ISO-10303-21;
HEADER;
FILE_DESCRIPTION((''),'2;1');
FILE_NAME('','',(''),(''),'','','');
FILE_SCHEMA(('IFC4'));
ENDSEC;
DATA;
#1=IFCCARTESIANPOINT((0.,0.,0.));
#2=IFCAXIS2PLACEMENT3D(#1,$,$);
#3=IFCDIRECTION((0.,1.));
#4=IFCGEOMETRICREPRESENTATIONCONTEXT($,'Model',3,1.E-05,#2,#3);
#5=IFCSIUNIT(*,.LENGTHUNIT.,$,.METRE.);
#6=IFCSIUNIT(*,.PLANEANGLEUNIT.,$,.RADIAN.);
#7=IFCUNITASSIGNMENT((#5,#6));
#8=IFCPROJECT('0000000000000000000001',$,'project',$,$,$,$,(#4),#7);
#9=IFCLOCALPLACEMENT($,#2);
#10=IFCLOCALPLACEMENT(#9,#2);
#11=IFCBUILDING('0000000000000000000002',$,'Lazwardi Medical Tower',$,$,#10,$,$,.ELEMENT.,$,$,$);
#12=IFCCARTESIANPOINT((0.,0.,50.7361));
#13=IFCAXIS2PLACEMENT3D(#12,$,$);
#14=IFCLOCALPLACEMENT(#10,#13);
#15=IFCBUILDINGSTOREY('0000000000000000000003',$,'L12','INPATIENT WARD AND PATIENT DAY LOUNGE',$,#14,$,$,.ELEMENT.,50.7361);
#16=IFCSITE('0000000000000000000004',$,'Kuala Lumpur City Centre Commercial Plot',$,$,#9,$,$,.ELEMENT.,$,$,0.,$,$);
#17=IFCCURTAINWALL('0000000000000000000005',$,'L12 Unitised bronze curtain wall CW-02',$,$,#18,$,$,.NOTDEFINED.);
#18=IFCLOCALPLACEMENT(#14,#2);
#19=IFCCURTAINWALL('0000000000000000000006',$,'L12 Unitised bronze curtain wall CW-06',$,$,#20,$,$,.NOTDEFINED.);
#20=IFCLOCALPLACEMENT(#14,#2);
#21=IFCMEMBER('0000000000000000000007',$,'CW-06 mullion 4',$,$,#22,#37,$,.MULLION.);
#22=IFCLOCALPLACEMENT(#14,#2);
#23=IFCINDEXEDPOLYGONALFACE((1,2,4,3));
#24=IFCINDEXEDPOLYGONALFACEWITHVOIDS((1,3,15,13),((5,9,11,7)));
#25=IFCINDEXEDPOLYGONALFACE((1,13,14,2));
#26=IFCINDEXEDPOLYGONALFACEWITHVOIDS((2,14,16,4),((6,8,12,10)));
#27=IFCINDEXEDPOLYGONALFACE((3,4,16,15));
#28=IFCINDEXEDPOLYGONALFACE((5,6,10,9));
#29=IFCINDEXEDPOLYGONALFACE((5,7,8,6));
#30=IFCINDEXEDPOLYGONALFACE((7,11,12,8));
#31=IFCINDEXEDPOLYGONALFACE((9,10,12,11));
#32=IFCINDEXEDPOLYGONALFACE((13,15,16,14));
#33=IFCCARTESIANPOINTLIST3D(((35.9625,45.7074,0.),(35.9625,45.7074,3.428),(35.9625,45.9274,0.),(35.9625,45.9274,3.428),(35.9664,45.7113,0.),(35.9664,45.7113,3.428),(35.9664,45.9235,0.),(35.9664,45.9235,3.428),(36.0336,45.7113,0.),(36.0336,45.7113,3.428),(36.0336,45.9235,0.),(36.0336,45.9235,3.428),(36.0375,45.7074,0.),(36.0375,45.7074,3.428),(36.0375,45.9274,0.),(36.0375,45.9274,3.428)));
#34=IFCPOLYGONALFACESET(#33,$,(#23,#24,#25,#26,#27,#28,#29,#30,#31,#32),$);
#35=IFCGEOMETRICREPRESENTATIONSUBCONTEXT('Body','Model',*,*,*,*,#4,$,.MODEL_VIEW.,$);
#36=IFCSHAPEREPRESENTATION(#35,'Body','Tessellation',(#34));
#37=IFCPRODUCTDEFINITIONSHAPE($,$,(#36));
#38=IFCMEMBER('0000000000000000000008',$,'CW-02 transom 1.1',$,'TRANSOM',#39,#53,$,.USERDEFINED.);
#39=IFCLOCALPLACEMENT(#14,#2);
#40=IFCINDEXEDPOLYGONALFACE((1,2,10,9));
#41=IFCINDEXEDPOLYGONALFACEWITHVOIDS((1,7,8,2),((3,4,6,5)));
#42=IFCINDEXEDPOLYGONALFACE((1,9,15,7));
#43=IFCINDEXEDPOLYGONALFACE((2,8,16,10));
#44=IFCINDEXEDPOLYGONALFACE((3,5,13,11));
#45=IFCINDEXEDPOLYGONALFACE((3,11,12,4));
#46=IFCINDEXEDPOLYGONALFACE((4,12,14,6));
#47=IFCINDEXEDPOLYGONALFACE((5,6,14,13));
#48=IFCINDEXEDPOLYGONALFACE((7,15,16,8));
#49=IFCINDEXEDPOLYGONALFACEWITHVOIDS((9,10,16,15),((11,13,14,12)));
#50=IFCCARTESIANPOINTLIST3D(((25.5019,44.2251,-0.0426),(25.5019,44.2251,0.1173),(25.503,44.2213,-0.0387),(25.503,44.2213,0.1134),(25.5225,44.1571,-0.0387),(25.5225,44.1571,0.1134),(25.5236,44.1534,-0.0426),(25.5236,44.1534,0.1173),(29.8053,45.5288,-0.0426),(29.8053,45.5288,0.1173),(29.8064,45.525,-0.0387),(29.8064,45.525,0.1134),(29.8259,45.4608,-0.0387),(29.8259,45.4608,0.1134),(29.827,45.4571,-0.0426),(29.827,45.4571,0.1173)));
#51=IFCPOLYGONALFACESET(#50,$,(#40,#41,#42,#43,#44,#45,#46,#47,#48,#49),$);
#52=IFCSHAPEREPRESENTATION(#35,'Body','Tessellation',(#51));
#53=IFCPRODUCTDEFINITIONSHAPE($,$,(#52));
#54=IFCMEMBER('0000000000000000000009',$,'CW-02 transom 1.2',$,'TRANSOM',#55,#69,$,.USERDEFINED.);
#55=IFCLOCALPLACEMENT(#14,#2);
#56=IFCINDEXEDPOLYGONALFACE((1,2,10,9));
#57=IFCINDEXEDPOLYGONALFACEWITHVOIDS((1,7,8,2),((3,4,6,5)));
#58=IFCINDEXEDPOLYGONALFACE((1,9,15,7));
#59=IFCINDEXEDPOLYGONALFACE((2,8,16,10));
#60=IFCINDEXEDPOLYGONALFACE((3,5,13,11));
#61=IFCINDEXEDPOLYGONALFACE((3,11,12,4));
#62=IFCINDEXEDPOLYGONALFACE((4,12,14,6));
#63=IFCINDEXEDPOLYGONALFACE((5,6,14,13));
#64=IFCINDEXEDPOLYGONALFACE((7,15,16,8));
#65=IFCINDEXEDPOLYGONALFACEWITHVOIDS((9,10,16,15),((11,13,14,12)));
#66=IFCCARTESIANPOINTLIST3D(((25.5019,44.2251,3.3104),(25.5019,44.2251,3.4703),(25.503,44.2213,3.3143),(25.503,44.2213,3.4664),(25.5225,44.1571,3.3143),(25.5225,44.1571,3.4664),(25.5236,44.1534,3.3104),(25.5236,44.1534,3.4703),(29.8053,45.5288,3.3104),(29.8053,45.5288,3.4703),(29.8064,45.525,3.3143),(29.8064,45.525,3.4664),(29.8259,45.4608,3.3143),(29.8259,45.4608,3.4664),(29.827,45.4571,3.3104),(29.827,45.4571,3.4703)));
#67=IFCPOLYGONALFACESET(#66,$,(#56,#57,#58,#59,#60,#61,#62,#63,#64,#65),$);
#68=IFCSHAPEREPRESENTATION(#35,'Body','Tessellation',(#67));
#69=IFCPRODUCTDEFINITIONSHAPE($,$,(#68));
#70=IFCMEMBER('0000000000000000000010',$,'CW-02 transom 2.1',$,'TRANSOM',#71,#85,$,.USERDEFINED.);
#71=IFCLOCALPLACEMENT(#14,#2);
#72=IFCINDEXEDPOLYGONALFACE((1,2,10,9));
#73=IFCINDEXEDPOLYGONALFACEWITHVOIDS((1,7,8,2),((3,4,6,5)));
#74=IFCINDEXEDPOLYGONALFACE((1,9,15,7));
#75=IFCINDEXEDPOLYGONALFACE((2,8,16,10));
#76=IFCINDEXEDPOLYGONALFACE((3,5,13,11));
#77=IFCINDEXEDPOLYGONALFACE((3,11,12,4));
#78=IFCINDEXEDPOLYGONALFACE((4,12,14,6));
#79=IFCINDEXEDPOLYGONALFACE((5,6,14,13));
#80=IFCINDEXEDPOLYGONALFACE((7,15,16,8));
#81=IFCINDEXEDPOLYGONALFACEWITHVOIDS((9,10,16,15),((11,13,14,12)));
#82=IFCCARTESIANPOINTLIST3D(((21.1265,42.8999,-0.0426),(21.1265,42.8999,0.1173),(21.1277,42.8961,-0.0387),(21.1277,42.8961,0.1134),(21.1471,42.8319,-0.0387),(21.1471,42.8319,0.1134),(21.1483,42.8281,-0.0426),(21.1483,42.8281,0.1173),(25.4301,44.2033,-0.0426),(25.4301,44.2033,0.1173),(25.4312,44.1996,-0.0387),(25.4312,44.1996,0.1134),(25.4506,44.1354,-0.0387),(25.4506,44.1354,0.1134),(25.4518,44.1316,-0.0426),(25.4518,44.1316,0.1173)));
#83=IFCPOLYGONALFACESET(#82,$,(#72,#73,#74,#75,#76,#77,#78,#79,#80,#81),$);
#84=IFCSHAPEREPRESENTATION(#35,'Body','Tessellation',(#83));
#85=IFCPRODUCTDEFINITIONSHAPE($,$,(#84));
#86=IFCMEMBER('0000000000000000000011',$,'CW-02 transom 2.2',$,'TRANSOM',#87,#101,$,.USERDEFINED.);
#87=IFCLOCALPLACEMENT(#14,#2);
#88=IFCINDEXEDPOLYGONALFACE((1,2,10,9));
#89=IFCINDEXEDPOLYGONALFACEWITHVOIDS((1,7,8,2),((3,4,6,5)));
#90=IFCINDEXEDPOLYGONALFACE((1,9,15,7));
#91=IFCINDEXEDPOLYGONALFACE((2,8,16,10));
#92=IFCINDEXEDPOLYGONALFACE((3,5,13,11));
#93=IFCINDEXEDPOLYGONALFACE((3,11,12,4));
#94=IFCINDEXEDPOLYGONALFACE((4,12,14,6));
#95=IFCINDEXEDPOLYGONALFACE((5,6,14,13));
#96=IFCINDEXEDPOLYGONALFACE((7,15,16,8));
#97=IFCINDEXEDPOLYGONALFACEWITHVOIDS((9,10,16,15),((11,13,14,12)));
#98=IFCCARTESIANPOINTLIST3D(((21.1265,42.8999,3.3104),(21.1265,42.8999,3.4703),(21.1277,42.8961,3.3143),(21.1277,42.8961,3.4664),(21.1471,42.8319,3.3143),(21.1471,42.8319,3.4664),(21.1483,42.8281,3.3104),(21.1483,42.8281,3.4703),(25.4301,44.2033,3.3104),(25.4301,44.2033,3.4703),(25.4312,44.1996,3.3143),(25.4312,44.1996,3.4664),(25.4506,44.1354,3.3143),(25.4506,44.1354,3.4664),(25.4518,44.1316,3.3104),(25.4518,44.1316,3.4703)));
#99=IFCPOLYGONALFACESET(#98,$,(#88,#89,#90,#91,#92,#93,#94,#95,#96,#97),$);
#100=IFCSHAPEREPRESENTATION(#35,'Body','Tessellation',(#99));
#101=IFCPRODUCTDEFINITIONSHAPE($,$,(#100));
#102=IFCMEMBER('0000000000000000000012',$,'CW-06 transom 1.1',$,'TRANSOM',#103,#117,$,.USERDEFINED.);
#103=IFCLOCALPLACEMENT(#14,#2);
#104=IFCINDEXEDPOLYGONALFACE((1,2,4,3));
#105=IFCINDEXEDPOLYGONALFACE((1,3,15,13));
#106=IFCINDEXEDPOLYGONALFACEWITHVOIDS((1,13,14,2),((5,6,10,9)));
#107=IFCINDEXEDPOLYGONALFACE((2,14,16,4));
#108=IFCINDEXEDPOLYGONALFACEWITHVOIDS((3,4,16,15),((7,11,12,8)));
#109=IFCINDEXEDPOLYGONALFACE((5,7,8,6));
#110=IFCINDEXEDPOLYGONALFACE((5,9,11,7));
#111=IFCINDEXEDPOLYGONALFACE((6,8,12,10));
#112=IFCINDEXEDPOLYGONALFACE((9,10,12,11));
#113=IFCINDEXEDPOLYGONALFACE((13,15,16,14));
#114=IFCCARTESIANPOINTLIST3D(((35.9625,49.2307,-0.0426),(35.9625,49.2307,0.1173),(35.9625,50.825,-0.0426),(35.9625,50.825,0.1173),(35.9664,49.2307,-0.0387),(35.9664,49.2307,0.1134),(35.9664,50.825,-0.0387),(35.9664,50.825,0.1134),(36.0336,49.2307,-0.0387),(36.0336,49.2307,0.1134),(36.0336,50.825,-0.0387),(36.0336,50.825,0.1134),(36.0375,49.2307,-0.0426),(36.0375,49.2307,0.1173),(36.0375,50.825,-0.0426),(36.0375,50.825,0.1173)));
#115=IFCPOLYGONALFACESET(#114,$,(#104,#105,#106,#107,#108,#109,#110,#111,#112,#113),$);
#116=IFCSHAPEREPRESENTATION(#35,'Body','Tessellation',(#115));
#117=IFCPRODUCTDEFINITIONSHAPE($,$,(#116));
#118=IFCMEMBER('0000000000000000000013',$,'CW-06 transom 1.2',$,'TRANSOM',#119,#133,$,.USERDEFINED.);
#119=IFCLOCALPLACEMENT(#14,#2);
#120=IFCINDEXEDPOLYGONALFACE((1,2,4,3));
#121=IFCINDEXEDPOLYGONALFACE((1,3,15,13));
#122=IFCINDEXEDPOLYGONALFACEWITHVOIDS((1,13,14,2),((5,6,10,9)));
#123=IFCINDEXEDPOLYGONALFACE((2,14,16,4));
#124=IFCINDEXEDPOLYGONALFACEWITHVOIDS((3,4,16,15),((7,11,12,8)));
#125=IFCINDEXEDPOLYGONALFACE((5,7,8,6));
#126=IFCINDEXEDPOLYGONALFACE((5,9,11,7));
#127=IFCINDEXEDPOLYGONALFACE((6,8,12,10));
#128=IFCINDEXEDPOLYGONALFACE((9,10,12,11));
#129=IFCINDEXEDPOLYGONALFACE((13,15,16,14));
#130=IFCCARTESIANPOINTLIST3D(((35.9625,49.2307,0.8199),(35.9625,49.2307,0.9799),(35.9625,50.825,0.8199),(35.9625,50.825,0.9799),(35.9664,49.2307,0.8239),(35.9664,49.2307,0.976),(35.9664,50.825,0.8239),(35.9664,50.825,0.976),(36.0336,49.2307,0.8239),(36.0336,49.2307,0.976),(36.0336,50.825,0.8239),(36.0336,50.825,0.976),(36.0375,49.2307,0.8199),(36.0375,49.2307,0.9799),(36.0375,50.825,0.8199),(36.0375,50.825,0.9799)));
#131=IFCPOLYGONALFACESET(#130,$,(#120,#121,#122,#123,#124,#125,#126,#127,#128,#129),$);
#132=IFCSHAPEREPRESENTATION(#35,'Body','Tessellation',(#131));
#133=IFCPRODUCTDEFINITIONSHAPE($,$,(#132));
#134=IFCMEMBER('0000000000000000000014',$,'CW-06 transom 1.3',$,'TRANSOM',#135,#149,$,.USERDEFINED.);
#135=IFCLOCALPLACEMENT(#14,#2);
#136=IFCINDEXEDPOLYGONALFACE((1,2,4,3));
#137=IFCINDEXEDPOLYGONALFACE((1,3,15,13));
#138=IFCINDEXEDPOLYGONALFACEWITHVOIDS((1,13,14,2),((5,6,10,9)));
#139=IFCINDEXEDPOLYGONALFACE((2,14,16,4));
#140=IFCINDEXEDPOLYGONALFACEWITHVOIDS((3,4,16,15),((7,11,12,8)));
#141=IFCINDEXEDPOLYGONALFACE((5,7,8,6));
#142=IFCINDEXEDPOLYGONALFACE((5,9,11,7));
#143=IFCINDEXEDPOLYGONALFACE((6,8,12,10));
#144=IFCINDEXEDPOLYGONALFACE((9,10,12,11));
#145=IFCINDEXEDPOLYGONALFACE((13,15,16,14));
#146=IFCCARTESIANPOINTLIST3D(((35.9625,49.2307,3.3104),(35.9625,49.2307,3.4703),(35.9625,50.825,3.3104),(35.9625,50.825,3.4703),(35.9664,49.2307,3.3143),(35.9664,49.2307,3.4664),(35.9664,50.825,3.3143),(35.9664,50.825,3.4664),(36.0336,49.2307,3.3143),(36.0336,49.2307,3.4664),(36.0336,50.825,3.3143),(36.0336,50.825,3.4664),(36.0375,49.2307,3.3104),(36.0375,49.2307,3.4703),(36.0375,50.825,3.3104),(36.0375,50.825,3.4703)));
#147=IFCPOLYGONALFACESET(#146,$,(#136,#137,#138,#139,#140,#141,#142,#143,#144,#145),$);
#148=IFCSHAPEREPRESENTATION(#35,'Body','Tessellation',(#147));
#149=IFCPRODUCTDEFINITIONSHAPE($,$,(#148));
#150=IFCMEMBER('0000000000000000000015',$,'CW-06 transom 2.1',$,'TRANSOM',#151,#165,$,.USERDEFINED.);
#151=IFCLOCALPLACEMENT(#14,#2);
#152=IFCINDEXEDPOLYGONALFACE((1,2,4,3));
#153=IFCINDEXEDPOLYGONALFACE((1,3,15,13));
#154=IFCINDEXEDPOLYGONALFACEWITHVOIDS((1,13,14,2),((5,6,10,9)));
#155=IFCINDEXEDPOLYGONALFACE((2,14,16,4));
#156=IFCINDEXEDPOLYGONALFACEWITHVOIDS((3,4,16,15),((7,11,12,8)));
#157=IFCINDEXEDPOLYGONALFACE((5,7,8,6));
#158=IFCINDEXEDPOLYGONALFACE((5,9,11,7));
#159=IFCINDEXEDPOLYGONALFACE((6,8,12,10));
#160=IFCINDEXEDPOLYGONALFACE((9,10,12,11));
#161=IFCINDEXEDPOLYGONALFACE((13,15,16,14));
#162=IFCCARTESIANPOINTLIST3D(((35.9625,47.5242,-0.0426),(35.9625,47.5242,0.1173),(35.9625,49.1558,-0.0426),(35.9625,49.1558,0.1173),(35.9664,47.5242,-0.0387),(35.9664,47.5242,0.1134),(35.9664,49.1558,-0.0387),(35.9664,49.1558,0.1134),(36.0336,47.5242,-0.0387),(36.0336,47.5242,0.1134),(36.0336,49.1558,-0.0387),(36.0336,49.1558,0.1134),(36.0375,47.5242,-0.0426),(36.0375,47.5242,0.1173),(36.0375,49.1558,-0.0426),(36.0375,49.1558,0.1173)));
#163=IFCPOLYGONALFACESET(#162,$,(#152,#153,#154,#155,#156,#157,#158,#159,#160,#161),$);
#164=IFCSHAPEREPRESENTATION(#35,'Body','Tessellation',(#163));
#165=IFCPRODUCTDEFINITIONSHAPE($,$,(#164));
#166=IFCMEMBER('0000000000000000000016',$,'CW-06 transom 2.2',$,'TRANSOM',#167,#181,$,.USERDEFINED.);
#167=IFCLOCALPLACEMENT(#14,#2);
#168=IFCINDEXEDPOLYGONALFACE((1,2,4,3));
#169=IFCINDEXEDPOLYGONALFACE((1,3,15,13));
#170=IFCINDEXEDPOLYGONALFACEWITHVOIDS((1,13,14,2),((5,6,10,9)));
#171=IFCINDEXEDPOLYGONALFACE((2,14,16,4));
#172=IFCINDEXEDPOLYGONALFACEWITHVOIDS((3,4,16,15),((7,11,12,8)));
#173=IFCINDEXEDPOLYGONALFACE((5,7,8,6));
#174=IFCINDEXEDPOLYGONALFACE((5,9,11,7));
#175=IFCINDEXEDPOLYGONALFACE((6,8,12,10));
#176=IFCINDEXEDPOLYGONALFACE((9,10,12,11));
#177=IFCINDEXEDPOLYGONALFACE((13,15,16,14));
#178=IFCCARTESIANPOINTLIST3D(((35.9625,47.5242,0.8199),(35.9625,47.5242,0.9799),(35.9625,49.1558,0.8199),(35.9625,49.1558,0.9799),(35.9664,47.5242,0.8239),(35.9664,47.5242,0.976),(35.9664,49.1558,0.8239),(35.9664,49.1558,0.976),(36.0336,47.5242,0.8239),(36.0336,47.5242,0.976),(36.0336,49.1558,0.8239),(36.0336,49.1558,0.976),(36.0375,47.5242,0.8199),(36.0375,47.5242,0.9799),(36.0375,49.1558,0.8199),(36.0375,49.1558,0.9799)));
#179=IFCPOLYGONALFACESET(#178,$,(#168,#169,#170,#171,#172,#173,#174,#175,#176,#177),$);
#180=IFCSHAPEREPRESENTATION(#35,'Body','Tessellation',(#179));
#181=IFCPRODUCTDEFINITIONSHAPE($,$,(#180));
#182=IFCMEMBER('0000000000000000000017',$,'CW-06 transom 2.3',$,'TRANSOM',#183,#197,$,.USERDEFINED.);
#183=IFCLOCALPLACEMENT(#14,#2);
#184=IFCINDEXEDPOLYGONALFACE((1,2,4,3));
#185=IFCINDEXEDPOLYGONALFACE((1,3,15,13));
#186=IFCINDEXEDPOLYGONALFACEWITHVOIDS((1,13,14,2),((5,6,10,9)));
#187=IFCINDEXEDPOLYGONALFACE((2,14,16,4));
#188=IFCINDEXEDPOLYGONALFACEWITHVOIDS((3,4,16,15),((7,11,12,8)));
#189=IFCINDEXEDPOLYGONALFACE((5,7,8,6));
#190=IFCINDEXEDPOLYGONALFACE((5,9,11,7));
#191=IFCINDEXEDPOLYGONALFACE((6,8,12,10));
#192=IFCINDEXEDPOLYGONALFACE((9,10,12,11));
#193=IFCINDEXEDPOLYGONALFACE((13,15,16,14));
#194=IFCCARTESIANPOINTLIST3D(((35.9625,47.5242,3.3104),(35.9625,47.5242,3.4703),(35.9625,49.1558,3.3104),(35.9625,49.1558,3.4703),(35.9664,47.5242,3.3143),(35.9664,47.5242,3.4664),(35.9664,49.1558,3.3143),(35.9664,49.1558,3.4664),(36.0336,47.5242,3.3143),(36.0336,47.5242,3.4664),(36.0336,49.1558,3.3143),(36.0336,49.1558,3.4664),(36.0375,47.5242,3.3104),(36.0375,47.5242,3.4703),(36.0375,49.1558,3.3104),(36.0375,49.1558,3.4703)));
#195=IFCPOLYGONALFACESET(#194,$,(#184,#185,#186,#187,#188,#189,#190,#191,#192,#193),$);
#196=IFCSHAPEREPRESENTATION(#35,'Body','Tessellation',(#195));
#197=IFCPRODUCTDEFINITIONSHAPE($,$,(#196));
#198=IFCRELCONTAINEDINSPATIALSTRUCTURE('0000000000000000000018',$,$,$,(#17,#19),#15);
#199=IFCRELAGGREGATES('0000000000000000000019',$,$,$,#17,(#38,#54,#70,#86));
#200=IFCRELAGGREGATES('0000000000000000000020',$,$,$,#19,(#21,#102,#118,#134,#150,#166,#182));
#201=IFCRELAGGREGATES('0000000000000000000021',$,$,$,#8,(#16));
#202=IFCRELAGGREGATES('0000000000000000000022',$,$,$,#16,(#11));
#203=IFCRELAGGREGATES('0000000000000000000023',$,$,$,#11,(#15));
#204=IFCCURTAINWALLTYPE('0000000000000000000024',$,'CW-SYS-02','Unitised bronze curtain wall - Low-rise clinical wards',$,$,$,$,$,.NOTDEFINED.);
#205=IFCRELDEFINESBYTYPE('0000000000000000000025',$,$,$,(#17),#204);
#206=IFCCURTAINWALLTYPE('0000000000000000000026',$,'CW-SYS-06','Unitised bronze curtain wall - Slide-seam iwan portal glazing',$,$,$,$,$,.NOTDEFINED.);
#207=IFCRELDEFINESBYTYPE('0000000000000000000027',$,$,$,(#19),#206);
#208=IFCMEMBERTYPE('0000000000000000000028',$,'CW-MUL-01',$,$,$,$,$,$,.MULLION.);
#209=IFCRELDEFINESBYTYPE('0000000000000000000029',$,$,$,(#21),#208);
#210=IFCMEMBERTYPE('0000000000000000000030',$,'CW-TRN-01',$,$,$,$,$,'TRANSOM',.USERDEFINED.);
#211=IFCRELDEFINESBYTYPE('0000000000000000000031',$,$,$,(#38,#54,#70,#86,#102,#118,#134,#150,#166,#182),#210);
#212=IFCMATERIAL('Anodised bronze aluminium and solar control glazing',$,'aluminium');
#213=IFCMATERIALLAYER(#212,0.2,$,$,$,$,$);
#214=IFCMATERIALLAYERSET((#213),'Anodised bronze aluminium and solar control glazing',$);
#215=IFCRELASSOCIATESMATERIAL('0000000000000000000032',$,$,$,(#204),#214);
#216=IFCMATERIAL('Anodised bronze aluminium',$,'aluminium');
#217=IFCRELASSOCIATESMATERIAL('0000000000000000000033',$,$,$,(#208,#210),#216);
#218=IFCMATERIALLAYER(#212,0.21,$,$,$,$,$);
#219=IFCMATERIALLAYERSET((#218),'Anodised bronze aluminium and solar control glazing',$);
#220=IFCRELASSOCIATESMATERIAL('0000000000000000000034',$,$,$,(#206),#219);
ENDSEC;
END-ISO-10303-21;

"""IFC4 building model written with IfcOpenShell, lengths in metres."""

from ifc_helpers import new_model, si_unit, direction, frame, origin, origin_2d, place, context, subcontext, project, spatial, hollow_rectangle, extrude, material, layer, layer_set, material_profile, profile_set, type_object, element, aggregate, save


model = new_model("IFC4")

# Units and contexts
model_context = context("Model", 3, precision=1e-05, world=origin(), true_north=direction((0.0, 1.0)))
body_context = subcontext(model_context, "Body", "Model", "MODEL_VIEW")
ifc_project = project(units=[si_unit("LENGTHUNIT", "METRE"), si_unit("PLANEANGLEUNIT", "RADIAN")], contexts=[model_context])

# Site, building, storey
site_placement = place(None, origin())
site = spatial("IfcSite", under=ifc_project, at=site_placement, Name="Kuala Lumpur City Centre Commercial Plot", CompositionType="ELEMENT", RefElevation=0.0)
building_placement = place(site_placement, origin())
building = spatial("IfcBuilding", under=site, at=building_placement, Name="Lazwardi Medical Tower", CompositionType="ELEMENT")
storey_placement = place(building_placement, frame((0.0, 0.0, 50.7361)))
storey = spatial("IfcBuildingStorey", under=building, at=storey_placement, Name="L12", Description="INPATIENT WARD AND PATIENT DAY LOUNGE", CompositionType="ELEMENT", Elevation=50.7361)

# Curtain walls, member
ifc_material_1 = material(Name="Anodised bronze aluminium and solar control glazing", Category="aluminium")
ifc_layer_1 = layer(ifc_material_1, 0.2)
ifc_layer_set_1 = layer_set([ifc_layer_1], Name="Anodised bronze aluminium and solar control glazing")
curtain_wall_type_1 = type_object("IfcCurtainWallType", Name="CW-SYS-02", Description="Unitised bronze curtain wall - Low-rise clinical wards", PredefinedType="NOTDEFINED", material=ifc_layer_set_1)
curtain_wall_1_placement = place(storey_placement, origin())
curtain_wall_1 = element("IfcCurtainWall", 1, at=curtain_wall_1_placement, inside=storey, type_object=curtain_wall_type_1, Name="L12 Unitised bronze curtain wall CW-02", PredefinedType="NOTDEFINED")
ifc_material_2 = material(Name="Anodised bronze aluminium", Category="aluminium")
ifc_material_profile_1 = material_profile(ifc_material_2, hollow_rectangle(XDim=0.075, YDim=0.22, WallThickness=0.0039, at=origin_2d()), Name="ALU-MULLION 220x75x4")
ifc_profile_set_1 = profile_set([ifc_material_profile_1], Name="Anodised bronze aluminium")
member_type_1 = type_object("IfcMemberType", Name="CW-MUL-01", PredefinedType="MULLION", material=ifc_profile_set_1)
ifc_layer_2 = layer(ifc_material_1, 0.21)
ifc_layer_set_2 = layer_set([ifc_layer_2], Name="Anodised bronze aluminium and solar control glazing")
curtain_wall_type_2 = type_object("IfcCurtainWallType", Name="CW-SYS-06", Description="Unitised bronze curtain wall - Slide-seam iwan portal glazing", PredefinedType="NOTDEFINED", material=ifc_layer_set_2)
curtain_wall_2_placement = place(storey_placement, origin())
curtain_wall_2 = element("IfcCurtainWall", 2, at=curtain_wall_2_placement, inside=storey, type_object=curtain_wall_type_2, Name="L12 Unitised bronze curtain wall CW-06", PredefinedType="NOTDEFINED")
member_1_placement = place(storey_placement, frame((36.0, 45.8174, 0.0), z_axis=(0.0, 0.0, 1.0), x_axis=(1.0, 0.0, 0.0)))
member_1 = element("IfcMember", 3, at=member_1_placement, type_object=member_type_1, Name="CW-06 mullion 4", PredefinedType="MULLION", context=body_context, shape_type="SweptSolid", body=[
    extrude(hollow_rectangle(XDim=0.075, YDim=0.22, WallThickness=0.0039, at=origin_2d()), origin(), (0.0, 0.0, 1.0), 3.428),
])

# Members
ifc_material_profile_2 = material_profile(ifc_material_2, hollow_rectangle(XDim=0.075, YDim=0.1599, WallThickness=0.0039, at=origin_2d()), Name="ALU-TRANSOM 160x75x4")
ifc_profile_set_2 = profile_set([ifc_material_profile_2], Name="Anodised bronze aluminium")
member_type_2 = type_object("IfcMemberType", Name="CW-TRN-01", ElementType="TRANSOM", PredefinedType="USERDEFINED", material=ifc_profile_set_2)
member_2_placement = place(storey_placement, frame((29.8162, 45.4929, 0.0374), z_axis=(-0.957047, -0.289932, 0.0), x_axis=(0.289932, -0.957047, 0.0)))
member_2 = element("IfcMember", 4, at=member_2_placement, type_object=member_type_2, Name="CW-02 transom 1.1", ObjectType="TRANSOM", PredefinedType="USERDEFINED", context=body_context, shape_type="SweptSolid", body=[
    extrude(hollow_rectangle(XDim=0.075, YDim=0.1599, WallThickness=0.0039, at=origin_2d()), origin(), (0.0, 0.0, 1.0), 4.4966),
])
member_3_placement = place(storey_placement, frame((29.8162, 45.4929, 3.3904), z_axis=(-0.957047, -0.289932, 0.0), x_axis=(0.289932, -0.957047, 0.0)))
member_3 = element("IfcMember", 5, at=member_3_placement, type_object=member_type_2, Name="CW-02 transom 1.2", ObjectType="TRANSOM", PredefinedType="USERDEFINED", context=body_context, shape_type="SweptSolid", body=[
    extrude(hollow_rectangle(XDim=0.075, YDim=0.1599, WallThickness=0.0039, at=origin_2d()), origin(), (0.0, 0.0, 1.0), 4.4966),
])
member_4_placement = place(storey_placement, frame((25.4409, 44.1675, 0.0374), z_axis=(-0.957062, -0.289882, 0.0), x_axis=(0.289882, -0.957062, 0.0)))
member_4 = element("IfcMember", 6, at=member_4_placement, type_object=member_type_2, Name="CW-02 transom 2.1", ObjectType="TRANSOM", PredefinedType="USERDEFINED", context=body_context, shape_type="SweptSolid", body=[
    extrude(hollow_rectangle(XDim=0.075, YDim=0.1599, WallThickness=0.0039, at=origin_2d()), origin(), (0.0, 0.0, 1.0), 4.4966),
])
member_5_placement = place(storey_placement, frame((25.4409, 44.1675, 3.3904), z_axis=(-0.957062, -0.289882, 0.0), x_axis=(0.289882, -0.957062, 0.0)))
member_5 = element("IfcMember", 7, at=member_5_placement, type_object=member_type_2, Name="CW-02 transom 2.2", ObjectType="TRANSOM", PredefinedType="USERDEFINED", context=body_context, shape_type="SweptSolid", body=[
    extrude(hollow_rectangle(XDim=0.075, YDim=0.1599, WallThickness=0.0039, at=origin_2d()), origin(), (0.0, 0.0, 1.0), 4.4966),
])
member_6_placement = place(storey_placement, frame((36.0, 50.825, 0.0374), z_axis=(0.0, -1.0, 0.0), x_axis=(1.0, 0.0, 0.0)))
member_6 = element("IfcMember", 8, at=member_6_placement, type_object=member_type_2, Name="CW-06 transom 1.1", ObjectType="TRANSOM", PredefinedType="USERDEFINED", context=body_context, shape_type="SweptSolid", body=[
    extrude(hollow_rectangle(XDim=0.075, YDim=0.1599, WallThickness=0.0039, at=origin_2d()), origin(), (0.0, 0.0, 1.0), 1.5942),
])
member_7_placement = place(storey_placement, frame((36.0, 50.825, 0.8999), z_axis=(0.0, -1.0, 0.0), x_axis=(1.0, 0.0, 0.0)))
member_7 = element("IfcMember", 9, at=member_7_placement, type_object=member_type_2, Name="CW-06 transom 1.2", ObjectType="TRANSOM", PredefinedType="USERDEFINED", context=body_context, shape_type="SweptSolid", body=[
    extrude(hollow_rectangle(XDim=0.075, YDim=0.1599, WallThickness=0.0039, at=origin_2d()), origin(), (0.0, 0.0, 1.0), 1.5942),
])
member_8_placement = place(storey_placement, frame((36.0, 50.825, 3.3904), z_axis=(0.0, -1.0, 0.0), x_axis=(1.0, 0.0, 0.0)))
member_8 = element("IfcMember", 10, at=member_8_placement, type_object=member_type_2, Name="CW-06 transom 1.3", ObjectType="TRANSOM", PredefinedType="USERDEFINED", context=body_context, shape_type="SweptSolid", body=[
    extrude(hollow_rectangle(XDim=0.075, YDim=0.1599, WallThickness=0.0039, at=origin_2d()), origin(), (0.0, 0.0, 1.0), 1.5942),
])
member_9_placement = place(storey_placement, frame((36.0, 49.1558, 0.0374), z_axis=(0.0, -1.0, 0.0), x_axis=(1.0, 0.0, 0.0)))
member_9 = element("IfcMember", 11, at=member_9_placement, type_object=member_type_2, Name="CW-06 transom 2.1", ObjectType="TRANSOM", PredefinedType="USERDEFINED", context=body_context, shape_type="SweptSolid", body=[
    extrude(hollow_rectangle(XDim=0.075, YDim=0.1599, WallThickness=0.0039, at=origin_2d()), origin(), (0.0, 0.0, 1.0), 1.6316),
])
member_10_placement = place(storey_placement, frame((36.0, 49.1558, 0.8999), z_axis=(0.0, -1.0, 0.0), x_axis=(1.0, 0.0, 0.0)))
member_10 = element("IfcMember", 12, at=member_10_placement, type_object=member_type_2, Name="CW-06 transom 2.2", ObjectType="TRANSOM", PredefinedType="USERDEFINED", context=body_context, shape_type="SweptSolid", body=[
    extrude(hollow_rectangle(XDim=0.075, YDim=0.1599, WallThickness=0.0039, at=origin_2d()), origin(), (0.0, 0.0, 1.0), 1.6316),
])
member_11_placement = place(storey_placement, frame((36.0, 49.1558, 3.3904), z_axis=(0.0, -1.0, 0.0), x_axis=(1.0, 0.0, 0.0)))
member_11 = element("IfcMember", 13, at=member_11_placement, type_object=member_type_2, Name="CW-06 transom 2.3", ObjectType="TRANSOM", PredefinedType="USERDEFINED", context=body_context, shape_type="SweptSolid", body=[
    extrude(hollow_rectangle(XDim=0.075, YDim=0.1599, WallThickness=0.0039, at=origin_2d()), origin(), (0.0, 0.0, 1.0), 1.6316),
])

aggregate(curtain_wall_1, [member_2, member_3, member_4, member_5])
aggregate(curtain_wall_2, [member_1, member_6, member_7, member_8, member_9, member_10, member_11])

save(model, "model.ifc")
